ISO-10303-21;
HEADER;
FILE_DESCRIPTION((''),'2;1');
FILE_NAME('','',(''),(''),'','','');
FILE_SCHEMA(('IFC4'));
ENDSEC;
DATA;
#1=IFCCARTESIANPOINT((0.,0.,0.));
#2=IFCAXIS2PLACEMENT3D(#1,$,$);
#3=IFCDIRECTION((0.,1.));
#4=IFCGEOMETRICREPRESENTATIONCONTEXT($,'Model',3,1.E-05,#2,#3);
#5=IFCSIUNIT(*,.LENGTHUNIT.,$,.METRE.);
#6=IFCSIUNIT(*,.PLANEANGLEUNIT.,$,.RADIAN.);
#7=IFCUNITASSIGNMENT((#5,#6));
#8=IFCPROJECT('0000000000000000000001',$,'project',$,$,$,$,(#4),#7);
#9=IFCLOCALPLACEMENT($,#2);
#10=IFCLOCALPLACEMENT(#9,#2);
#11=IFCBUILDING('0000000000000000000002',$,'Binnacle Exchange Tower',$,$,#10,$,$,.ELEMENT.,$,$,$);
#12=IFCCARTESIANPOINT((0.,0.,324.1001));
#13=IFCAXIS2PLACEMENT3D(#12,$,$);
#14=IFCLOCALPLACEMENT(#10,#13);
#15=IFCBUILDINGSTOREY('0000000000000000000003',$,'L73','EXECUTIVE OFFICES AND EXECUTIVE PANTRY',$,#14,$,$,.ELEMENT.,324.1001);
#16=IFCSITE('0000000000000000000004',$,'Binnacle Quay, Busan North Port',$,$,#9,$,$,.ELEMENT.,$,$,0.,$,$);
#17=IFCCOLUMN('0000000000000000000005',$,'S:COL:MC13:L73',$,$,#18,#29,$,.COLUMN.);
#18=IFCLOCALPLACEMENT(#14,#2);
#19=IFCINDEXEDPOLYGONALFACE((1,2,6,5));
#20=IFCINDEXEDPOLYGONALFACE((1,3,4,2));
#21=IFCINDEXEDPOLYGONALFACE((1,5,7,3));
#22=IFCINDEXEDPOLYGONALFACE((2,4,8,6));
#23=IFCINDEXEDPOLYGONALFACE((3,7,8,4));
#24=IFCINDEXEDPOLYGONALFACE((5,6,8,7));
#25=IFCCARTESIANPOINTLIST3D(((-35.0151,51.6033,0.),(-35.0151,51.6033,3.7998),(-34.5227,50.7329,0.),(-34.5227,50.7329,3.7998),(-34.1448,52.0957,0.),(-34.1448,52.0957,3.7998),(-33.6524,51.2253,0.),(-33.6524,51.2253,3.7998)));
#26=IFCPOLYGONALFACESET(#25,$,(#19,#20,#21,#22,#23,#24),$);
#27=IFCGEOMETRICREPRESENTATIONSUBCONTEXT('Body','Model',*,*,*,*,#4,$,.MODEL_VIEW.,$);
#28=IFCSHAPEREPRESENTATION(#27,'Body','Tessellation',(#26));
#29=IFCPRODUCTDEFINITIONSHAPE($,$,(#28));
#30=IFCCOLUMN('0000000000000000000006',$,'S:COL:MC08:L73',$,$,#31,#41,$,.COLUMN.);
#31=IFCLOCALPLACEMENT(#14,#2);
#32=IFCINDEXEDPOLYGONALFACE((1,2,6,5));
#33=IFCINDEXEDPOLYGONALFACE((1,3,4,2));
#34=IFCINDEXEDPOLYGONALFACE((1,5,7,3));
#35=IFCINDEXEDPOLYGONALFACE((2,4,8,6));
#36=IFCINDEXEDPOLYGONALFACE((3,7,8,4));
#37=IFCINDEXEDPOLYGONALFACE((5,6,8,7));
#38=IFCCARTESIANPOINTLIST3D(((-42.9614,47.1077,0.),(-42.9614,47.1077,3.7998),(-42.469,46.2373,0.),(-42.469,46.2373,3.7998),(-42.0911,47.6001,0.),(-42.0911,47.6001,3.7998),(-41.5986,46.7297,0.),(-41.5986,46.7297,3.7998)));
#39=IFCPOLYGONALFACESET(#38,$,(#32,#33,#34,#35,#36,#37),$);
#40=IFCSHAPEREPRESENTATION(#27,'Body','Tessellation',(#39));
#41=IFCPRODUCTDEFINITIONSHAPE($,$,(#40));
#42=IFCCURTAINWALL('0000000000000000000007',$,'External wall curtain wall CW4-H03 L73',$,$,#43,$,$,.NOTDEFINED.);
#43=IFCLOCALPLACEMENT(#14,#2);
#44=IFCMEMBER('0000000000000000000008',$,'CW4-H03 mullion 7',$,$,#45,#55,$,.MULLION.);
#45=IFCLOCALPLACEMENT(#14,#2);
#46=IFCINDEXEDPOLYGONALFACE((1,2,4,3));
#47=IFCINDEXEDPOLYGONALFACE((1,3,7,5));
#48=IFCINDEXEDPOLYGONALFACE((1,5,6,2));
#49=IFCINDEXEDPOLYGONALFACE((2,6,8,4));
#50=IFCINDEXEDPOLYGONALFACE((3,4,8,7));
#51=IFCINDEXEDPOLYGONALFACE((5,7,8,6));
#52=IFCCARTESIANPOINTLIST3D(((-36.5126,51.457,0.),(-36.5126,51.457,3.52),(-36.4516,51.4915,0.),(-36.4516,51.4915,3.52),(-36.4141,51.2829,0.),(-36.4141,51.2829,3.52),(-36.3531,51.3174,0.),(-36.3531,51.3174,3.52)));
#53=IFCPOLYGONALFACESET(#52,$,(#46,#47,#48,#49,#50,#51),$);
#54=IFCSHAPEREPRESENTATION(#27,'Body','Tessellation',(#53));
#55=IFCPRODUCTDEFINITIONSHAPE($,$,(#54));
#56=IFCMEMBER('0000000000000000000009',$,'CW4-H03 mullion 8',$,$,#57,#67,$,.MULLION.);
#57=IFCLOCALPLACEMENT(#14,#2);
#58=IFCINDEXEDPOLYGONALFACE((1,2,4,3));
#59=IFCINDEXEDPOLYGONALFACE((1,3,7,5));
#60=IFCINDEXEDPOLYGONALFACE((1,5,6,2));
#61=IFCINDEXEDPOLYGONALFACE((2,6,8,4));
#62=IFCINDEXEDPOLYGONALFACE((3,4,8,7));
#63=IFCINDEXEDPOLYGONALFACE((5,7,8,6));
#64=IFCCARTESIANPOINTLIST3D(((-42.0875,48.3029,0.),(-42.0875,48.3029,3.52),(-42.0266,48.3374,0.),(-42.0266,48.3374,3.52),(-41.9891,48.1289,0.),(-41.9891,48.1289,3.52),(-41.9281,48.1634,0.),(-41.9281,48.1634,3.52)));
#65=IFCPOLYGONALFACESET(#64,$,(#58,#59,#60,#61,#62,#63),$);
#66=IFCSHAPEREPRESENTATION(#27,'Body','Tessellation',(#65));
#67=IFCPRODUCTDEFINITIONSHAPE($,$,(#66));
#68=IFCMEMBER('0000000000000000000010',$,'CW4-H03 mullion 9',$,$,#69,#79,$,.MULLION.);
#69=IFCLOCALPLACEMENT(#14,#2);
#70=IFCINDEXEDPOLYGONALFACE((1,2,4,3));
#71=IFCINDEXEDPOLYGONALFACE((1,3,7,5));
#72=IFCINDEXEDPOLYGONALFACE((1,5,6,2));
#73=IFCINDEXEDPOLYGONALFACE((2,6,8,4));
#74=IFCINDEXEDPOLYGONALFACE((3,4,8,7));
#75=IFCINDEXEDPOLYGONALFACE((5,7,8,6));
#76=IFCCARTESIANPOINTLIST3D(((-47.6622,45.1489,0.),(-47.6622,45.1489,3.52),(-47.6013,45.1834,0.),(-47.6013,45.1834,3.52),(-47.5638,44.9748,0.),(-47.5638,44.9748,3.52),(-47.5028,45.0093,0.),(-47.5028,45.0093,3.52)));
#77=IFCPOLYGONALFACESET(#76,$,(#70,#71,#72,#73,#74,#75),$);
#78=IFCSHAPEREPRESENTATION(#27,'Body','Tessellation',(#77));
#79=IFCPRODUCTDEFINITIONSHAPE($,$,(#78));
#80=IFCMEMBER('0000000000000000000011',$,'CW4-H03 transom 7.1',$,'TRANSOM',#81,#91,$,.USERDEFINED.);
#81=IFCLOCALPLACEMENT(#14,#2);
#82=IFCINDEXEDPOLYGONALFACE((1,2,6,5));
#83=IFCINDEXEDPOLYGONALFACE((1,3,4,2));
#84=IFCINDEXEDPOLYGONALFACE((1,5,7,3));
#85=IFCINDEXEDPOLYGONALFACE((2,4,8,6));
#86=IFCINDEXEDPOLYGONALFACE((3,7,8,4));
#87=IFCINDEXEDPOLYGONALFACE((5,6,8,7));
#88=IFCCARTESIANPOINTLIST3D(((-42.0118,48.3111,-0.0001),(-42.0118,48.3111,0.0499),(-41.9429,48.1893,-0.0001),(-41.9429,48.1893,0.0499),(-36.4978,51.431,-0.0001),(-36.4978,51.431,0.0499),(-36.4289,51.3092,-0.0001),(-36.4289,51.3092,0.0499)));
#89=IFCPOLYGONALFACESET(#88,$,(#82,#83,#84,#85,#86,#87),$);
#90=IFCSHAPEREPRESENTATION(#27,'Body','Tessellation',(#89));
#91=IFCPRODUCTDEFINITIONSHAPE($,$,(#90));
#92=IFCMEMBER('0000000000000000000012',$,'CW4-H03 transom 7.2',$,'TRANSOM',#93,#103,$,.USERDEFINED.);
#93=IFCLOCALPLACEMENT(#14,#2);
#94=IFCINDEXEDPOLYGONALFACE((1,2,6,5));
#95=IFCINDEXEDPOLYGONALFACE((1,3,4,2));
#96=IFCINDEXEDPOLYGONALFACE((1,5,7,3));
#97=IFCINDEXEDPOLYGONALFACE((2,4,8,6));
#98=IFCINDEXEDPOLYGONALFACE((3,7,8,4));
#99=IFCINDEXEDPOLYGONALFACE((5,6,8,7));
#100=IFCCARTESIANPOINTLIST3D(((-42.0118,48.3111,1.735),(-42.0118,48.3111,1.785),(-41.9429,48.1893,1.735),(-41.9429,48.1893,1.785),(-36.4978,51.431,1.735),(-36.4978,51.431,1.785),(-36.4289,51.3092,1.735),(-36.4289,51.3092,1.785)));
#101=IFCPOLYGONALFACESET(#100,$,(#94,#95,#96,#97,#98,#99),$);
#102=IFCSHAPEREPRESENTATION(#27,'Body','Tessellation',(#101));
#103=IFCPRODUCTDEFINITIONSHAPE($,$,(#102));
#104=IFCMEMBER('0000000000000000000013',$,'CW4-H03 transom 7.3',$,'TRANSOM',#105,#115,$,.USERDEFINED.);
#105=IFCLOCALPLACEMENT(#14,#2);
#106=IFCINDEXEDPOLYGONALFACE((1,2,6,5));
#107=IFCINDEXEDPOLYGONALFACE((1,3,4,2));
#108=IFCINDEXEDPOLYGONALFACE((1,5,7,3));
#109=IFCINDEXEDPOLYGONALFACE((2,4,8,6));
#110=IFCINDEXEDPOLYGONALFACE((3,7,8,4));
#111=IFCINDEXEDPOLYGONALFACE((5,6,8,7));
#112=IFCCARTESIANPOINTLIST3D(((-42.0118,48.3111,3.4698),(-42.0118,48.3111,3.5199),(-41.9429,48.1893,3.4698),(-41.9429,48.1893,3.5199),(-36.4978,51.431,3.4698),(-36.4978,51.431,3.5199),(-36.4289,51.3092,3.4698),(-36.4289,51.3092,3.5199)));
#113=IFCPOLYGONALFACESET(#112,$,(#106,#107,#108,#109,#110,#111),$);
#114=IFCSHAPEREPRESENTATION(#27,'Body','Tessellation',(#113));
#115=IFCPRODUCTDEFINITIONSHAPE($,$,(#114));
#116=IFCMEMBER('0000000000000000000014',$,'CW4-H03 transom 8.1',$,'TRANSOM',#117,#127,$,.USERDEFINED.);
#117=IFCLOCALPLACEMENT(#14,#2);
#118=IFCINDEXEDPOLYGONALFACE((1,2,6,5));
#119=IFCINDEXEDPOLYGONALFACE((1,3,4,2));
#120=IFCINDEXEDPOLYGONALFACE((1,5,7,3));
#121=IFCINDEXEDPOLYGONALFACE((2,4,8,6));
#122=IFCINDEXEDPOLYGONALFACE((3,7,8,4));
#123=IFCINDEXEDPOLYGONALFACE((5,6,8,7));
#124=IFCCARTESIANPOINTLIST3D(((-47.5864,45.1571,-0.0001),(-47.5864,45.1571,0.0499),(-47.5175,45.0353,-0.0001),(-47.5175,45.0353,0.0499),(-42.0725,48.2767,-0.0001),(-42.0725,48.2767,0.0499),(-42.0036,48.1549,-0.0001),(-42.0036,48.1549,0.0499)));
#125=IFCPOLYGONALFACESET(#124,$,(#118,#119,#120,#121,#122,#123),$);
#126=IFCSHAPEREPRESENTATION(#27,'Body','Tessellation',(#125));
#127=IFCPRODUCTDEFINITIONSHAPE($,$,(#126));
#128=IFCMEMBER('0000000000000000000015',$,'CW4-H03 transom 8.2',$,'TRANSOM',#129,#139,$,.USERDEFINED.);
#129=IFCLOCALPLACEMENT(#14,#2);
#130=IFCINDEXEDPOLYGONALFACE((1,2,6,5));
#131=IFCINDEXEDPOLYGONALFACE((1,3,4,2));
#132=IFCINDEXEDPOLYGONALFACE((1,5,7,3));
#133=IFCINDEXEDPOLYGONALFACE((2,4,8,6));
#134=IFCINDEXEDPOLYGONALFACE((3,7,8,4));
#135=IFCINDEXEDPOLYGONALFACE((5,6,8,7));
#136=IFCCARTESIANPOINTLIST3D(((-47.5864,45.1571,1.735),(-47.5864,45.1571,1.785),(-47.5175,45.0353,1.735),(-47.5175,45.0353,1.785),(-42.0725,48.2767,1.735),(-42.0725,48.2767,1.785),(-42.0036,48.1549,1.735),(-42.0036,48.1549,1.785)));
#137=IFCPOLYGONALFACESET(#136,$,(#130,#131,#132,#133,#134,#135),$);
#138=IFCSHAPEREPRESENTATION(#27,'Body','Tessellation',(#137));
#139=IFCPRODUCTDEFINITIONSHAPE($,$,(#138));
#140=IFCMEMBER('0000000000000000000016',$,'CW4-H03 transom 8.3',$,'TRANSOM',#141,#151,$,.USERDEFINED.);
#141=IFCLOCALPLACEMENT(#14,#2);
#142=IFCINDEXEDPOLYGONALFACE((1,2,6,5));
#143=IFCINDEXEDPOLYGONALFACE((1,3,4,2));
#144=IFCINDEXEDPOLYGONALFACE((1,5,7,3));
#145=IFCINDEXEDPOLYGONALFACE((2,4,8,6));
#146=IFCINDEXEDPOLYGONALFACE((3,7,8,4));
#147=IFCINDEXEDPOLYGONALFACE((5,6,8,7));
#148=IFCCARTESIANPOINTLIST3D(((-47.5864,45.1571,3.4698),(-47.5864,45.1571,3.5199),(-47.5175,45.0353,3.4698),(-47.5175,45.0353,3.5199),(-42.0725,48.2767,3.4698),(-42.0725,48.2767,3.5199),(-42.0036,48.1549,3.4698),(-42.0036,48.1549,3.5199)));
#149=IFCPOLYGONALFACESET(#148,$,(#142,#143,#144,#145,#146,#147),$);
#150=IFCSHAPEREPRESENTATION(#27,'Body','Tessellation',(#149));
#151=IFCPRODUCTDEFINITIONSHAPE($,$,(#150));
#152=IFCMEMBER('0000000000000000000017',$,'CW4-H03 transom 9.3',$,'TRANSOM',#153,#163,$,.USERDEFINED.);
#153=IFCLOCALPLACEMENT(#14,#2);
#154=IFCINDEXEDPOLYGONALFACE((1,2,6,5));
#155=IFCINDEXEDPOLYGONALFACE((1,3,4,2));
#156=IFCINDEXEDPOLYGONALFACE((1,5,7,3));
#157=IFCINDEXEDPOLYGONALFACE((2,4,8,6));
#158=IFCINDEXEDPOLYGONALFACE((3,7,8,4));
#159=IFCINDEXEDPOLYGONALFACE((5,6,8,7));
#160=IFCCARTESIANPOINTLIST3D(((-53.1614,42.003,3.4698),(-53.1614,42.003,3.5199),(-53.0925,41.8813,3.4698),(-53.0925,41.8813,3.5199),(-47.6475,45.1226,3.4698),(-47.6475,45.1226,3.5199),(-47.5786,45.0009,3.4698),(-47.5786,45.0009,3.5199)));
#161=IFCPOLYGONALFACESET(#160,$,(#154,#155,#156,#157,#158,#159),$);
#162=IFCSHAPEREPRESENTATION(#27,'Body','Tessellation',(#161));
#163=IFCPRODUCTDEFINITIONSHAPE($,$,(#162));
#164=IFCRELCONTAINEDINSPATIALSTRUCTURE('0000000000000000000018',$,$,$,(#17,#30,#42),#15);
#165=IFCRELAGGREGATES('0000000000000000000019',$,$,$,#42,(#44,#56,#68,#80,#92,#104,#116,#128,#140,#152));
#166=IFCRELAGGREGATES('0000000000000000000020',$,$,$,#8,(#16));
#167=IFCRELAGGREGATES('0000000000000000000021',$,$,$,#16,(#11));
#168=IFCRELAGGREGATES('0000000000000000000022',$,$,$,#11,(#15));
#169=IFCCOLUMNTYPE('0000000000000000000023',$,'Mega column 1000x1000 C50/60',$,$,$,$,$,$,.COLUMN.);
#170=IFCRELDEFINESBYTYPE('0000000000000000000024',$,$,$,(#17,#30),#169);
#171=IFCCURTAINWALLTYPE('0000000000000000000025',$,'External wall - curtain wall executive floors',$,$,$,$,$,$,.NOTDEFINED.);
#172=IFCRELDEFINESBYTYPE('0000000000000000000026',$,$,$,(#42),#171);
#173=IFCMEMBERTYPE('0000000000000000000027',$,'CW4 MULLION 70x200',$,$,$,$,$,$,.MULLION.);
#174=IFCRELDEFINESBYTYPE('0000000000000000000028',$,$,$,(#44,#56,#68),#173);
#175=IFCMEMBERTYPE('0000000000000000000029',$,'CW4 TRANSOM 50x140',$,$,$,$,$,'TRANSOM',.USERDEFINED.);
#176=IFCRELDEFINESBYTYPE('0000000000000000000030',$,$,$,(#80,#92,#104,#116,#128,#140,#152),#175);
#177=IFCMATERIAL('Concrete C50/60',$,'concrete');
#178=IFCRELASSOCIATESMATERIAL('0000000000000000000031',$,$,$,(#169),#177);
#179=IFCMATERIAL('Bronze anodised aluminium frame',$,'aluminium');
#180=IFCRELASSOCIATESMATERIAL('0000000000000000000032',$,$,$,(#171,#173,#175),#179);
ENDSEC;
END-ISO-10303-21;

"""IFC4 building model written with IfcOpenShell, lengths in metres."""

from ifc_helpers import new_model, si_unit, direction, frame, origin, origin_2d, place, context, subcontext, project, spatial, rectangle, extrude, material, material_profile, profile_set, type_object, element, aggregate, save


model = new_model("IFC4")

# Units and contexts
model_context = context("Model", 3, precision=1e-05, world=origin(), true_north=direction((0.0, 1.0)))
body_context = subcontext(model_context, "Body", "Model", "MODEL_VIEW")
ifc_project = project(units=[si_unit("LENGTHUNIT", "METRE"), si_unit("PLANEANGLEUNIT", "RADIAN")], contexts=[model_context])

# Site, building, storey
site_placement = place(None, origin())
site = spatial("IfcSite", under=ifc_project, at=site_placement, Name="Binnacle Quay, Busan North Port", CompositionType="ELEMENT", RefElevation=0.0)
building_placement = place(site_placement, origin())
building = spatial("IfcBuilding", under=site, at=building_placement, Name="Binnacle Exchange Tower", CompositionType="ELEMENT")
storey_placement = place(building_placement, frame((0.0, 0.0, 324.1001)))
storey = spatial("IfcBuildingStorey", under=building, at=storey_placement, Name="L73", Description="EXECUTIVE OFFICES AND EXECUTIVE PANTRY", CompositionType="ELEMENT", Elevation=324.1001)

# Columns
ifc_material_1 = material(Name="Concrete C50/60", Category="concrete")
ifc_material_profile_1 = material_profile(ifc_material_1, rectangle(XDim=1.0, YDim=1.0, at=origin_2d()), Name="Mega column 1000x1000 C50/60")
ifc_profile_set_1 = profile_set([ifc_material_profile_1], Name="Concrete C50/60")
column_type = type_object("IfcColumnType", Name="Mega column 1000x1000 C50/60", PredefinedType="COLUMN", material=ifc_profile_set_1)
for number, where, z_axis, x_axis, name in (
    (1, (-34.3337, 51.4143, 0.0), (0.0, 0.0, 1.0), (-0.870356, -0.492424, 0.0), "S:COL:MC13:L73"),
    (2, (-42.28, 46.9187, 0.0), (0.0, 0.0, 1.0), (-0.870356, -0.492424, 0.0), "S:COL:MC08:L73"),
):
    element("IfcColumn", number, at=place(storey_placement, frame(where, z_axis=z_axis, x_axis=x_axis)), inside=storey, type_object=column_type, Name=name, PredefinedType="COLUMN", context=body_context, shape_type="SweptSolid", body=[
        extrude(rectangle(XDim=1.0, YDim=1.0, at=origin_2d()), origin(), (0.0, 0.0, 1.0), 3.7998),
    ])

# Curtain wall, members
ifc_material_2 = material(Name="Bronze anodised aluminium frame", Category="aluminium")
curtain_wall_type = type_object("IfcCurtainWallType", Name="External wall - curtain wall executive floors", PredefinedType="NOTDEFINED", material=ifc_material_2)
curtain_wall_placement = place(storey_placement, origin())
curtain_wall = element("IfcCurtainWall", 3, at=curtain_wall_placement, inside=storey, type_object=curtain_wall_type, Name="External wall curtain wall CW4-H03 L73", PredefinedType="NOTDEFINED")
ifc_material_profile_2 = material_profile(ifc_material_2, rectangle(XDim=0.2, YDim=0.0701, at=origin_2d()), Name="AL 70x200")
ifc_profile_set_2 = profile_set([ifc_material_profile_2], Name="Bronze anodised aluminium frame")
member_type_1 = type_object("IfcMemberType", Name="CW4 MULLION 70x200", PredefinedType="MULLION", material=ifc_profile_set_2)
member_1_placement = place(storey_placement, frame((-36.4329, 51.3872, 0.0), z_axis=(0.0, 0.0, 1.0), x_axis=(0.492424, -0.870356, 0.0)))
member_1 = element("IfcMember", 4, at=member_1_placement, type_object=member_type_1, Name="CW4-H03 mullion 7", PredefinedType="MULLION", context=body_context, shape_type="SweptSolid", body=[
    extrude(rectangle(XDim=0.2, YDim=0.0701, at=origin_2d()), origin(), (0.0, 0.0, 1.0), 3.52),
])
member_2_placement = place(storey_placement, frame((-42.0078, 48.2332, 0.0), z_axis=(0.0, 0.0, 1.0), x_axis=(0.492424, -0.870356, 0.0)))
member_2 = element("IfcMember", 5, at=member_2_placement, type_object=member_type_1, Name="CW4-H03 mullion 8", PredefinedType="MULLION", context=body_context, shape_type="SweptSolid", body=[
    extrude(rectangle(XDim=0.2, YDim=0.0701, at=origin_2d()), origin(), (0.0, 0.0, 1.0), 3.52),
])
member_3_placement = place(storey_placement, frame((-47.5825, 45.0791, 0.0), z_axis=(0.0, 0.0, 1.0), x_axis=(0.492424, -0.870356, 0.0)))
member_3 = element("IfcMember", 6, at=member_3_placement, type_object=member_type_1, Name="CW4-H03 mullion 9", PredefinedType="MULLION", context=body_context, shape_type="SweptSolid", body=[
    extrude(rectangle(XDim=0.2, YDim=0.0701, at=origin_2d()), origin(), (0.0, 0.0, 1.0), 3.52),
])
ifc_material_profile_3 = material_profile(ifc_material_2, rectangle(XDim=0.1399, YDim=0.05, at=origin_2d()), Name="AL 140x50")
ifc_profile_set_3 = profile_set([ifc_material_profile_3], Name="Bronze anodised aluminium frame")
member_type_2 = type_object("IfcMemberType", Name="CW4 TRANSOM 50x140", ElementType="TRANSOM", PredefinedType="USERDEFINED", material=ifc_profile_set_3)
member_4_placement = place(storey_placement, frame((-36.4634, 51.3701, 0.0249), z_axis=(-0.870339, -0.492453, 0.0), x_axis=(0.492453, -0.870339, 0.0)))
member_4 = element("IfcMember", 7, at=member_4_placement, type_object=member_type_2, Name="CW4-H03 transom 7.1", ObjectType="TRANSOM", PredefinedType="USERDEFINED", context=body_context, shape_type="SweptSolid", body=[
    extrude(rectangle(XDim=0.1399, YDim=0.05, at=origin_2d()), origin(), (0.0, 0.0, 1.0), 6.3354),
])
member_5_placement = place(storey_placement, frame((-36.4634, 51.3701, 1.76), z_axis=(-0.870339, -0.492453, 0.0), x_axis=(0.492453, -0.870339, 0.0)))
member_5 = element("IfcMember", 8, at=member_5_placement, type_object=member_type_2, Name="CW4-H03 transom 7.2", ObjectType="TRANSOM", PredefinedType="USERDEFINED", context=body_context, shape_type="SweptSolid", body=[
    extrude(rectangle(XDim=0.1399, YDim=0.05, at=origin_2d()), origin(), (0.0, 0.0, 1.0), 6.3354),
])
member_6_placement = place(storey_placement, frame((-36.4634, 51.3701, 3.4949), z_axis=(-0.870339, -0.492453, 0.0), x_axis=(0.492453, -0.870339, 0.0)))
member_6 = element("IfcMember", 9, at=member_6_placement, type_object=member_type_2, Name="CW4-H03 transom 7.3", ObjectType="TRANSOM", PredefinedType="USERDEFINED", context=body_context, shape_type="SweptSolid", body=[
    extrude(rectangle(XDim=0.1399, YDim=0.05, at=origin_2d()), origin(), (0.0, 0.0, 1.0), 6.3354),
])
member_7_placement = place(storey_placement, frame((-42.0381, 48.2158, 0.0249), z_axis=(-0.870355, -0.492424, 0.0), x_axis=(0.492424, -0.870355, 0.0)))
member_7 = element("IfcMember", 10, at=member_7_placement, type_object=member_type_2, Name="CW4-H03 transom 8.1", ObjectType="TRANSOM", PredefinedType="USERDEFINED", context=body_context, shape_type="SweptSolid", body=[
    extrude(rectangle(XDim=0.1399, YDim=0.05, at=origin_2d()), origin(), (0.0, 0.0, 1.0), 6.3352),
])
member_8_placement = place(storey_placement, frame((-42.0381, 48.2158, 1.76), z_axis=(-0.870355, -0.492424, 0.0), x_axis=(0.492424, -0.870355, 0.0)))
member_8 = element("IfcMember", 11, at=member_8_placement, type_object=member_type_2, Name="CW4-H03 transom 8.2", ObjectType="TRANSOM", PredefinedType="USERDEFINED", context=body_context, shape_type="SweptSolid", body=[
    extrude(rectangle(XDim=0.1399, YDim=0.05, at=origin_2d()), origin(), (0.0, 0.0, 1.0), 6.3352),
])
member_9_placement = place(storey_placement, frame((-42.0381, 48.2158, 3.4949), z_axis=(-0.870355, -0.492424, 0.0), x_axis=(0.492424, -0.870355, 0.0)))
member_9 = element("IfcMember", 12, at=member_9_placement, type_object=member_type_2, Name="CW4-H03 transom 8.3", ObjectType="TRANSOM", PredefinedType="USERDEFINED", context=body_context, shape_type="SweptSolid", body=[
    extrude(rectangle(XDim=0.1399, YDim=0.05, at=origin_2d()), origin(), (0.0, 0.0, 1.0), 6.3352),
])
member_10_placement = place(storey_placement, frame((-47.613, 45.0618, 3.4949), z_axis=(-0.870355, -0.492424, 0.0), x_axis=(0.492424, -0.870355, 0.0)))
member_10 = element("IfcMember", 13, at=member_10_placement, type_object=member_type_2, Name="CW4-H03 transom 9.3", ObjectType="TRANSOM", PredefinedType="USERDEFINED", context=body_context, shape_type="SweptSolid", body=[
    extrude(rectangle(XDim=0.1399, YDim=0.05, at=origin_2d()), origin(), (0.0, 0.0, 1.0), 6.3352),
])

aggregate(curtain_wall, [member_1, member_2, member_3, member_4, member_5, member_6, member_7, member_8, member_9, member_10])

save(model, "model.ifc")
